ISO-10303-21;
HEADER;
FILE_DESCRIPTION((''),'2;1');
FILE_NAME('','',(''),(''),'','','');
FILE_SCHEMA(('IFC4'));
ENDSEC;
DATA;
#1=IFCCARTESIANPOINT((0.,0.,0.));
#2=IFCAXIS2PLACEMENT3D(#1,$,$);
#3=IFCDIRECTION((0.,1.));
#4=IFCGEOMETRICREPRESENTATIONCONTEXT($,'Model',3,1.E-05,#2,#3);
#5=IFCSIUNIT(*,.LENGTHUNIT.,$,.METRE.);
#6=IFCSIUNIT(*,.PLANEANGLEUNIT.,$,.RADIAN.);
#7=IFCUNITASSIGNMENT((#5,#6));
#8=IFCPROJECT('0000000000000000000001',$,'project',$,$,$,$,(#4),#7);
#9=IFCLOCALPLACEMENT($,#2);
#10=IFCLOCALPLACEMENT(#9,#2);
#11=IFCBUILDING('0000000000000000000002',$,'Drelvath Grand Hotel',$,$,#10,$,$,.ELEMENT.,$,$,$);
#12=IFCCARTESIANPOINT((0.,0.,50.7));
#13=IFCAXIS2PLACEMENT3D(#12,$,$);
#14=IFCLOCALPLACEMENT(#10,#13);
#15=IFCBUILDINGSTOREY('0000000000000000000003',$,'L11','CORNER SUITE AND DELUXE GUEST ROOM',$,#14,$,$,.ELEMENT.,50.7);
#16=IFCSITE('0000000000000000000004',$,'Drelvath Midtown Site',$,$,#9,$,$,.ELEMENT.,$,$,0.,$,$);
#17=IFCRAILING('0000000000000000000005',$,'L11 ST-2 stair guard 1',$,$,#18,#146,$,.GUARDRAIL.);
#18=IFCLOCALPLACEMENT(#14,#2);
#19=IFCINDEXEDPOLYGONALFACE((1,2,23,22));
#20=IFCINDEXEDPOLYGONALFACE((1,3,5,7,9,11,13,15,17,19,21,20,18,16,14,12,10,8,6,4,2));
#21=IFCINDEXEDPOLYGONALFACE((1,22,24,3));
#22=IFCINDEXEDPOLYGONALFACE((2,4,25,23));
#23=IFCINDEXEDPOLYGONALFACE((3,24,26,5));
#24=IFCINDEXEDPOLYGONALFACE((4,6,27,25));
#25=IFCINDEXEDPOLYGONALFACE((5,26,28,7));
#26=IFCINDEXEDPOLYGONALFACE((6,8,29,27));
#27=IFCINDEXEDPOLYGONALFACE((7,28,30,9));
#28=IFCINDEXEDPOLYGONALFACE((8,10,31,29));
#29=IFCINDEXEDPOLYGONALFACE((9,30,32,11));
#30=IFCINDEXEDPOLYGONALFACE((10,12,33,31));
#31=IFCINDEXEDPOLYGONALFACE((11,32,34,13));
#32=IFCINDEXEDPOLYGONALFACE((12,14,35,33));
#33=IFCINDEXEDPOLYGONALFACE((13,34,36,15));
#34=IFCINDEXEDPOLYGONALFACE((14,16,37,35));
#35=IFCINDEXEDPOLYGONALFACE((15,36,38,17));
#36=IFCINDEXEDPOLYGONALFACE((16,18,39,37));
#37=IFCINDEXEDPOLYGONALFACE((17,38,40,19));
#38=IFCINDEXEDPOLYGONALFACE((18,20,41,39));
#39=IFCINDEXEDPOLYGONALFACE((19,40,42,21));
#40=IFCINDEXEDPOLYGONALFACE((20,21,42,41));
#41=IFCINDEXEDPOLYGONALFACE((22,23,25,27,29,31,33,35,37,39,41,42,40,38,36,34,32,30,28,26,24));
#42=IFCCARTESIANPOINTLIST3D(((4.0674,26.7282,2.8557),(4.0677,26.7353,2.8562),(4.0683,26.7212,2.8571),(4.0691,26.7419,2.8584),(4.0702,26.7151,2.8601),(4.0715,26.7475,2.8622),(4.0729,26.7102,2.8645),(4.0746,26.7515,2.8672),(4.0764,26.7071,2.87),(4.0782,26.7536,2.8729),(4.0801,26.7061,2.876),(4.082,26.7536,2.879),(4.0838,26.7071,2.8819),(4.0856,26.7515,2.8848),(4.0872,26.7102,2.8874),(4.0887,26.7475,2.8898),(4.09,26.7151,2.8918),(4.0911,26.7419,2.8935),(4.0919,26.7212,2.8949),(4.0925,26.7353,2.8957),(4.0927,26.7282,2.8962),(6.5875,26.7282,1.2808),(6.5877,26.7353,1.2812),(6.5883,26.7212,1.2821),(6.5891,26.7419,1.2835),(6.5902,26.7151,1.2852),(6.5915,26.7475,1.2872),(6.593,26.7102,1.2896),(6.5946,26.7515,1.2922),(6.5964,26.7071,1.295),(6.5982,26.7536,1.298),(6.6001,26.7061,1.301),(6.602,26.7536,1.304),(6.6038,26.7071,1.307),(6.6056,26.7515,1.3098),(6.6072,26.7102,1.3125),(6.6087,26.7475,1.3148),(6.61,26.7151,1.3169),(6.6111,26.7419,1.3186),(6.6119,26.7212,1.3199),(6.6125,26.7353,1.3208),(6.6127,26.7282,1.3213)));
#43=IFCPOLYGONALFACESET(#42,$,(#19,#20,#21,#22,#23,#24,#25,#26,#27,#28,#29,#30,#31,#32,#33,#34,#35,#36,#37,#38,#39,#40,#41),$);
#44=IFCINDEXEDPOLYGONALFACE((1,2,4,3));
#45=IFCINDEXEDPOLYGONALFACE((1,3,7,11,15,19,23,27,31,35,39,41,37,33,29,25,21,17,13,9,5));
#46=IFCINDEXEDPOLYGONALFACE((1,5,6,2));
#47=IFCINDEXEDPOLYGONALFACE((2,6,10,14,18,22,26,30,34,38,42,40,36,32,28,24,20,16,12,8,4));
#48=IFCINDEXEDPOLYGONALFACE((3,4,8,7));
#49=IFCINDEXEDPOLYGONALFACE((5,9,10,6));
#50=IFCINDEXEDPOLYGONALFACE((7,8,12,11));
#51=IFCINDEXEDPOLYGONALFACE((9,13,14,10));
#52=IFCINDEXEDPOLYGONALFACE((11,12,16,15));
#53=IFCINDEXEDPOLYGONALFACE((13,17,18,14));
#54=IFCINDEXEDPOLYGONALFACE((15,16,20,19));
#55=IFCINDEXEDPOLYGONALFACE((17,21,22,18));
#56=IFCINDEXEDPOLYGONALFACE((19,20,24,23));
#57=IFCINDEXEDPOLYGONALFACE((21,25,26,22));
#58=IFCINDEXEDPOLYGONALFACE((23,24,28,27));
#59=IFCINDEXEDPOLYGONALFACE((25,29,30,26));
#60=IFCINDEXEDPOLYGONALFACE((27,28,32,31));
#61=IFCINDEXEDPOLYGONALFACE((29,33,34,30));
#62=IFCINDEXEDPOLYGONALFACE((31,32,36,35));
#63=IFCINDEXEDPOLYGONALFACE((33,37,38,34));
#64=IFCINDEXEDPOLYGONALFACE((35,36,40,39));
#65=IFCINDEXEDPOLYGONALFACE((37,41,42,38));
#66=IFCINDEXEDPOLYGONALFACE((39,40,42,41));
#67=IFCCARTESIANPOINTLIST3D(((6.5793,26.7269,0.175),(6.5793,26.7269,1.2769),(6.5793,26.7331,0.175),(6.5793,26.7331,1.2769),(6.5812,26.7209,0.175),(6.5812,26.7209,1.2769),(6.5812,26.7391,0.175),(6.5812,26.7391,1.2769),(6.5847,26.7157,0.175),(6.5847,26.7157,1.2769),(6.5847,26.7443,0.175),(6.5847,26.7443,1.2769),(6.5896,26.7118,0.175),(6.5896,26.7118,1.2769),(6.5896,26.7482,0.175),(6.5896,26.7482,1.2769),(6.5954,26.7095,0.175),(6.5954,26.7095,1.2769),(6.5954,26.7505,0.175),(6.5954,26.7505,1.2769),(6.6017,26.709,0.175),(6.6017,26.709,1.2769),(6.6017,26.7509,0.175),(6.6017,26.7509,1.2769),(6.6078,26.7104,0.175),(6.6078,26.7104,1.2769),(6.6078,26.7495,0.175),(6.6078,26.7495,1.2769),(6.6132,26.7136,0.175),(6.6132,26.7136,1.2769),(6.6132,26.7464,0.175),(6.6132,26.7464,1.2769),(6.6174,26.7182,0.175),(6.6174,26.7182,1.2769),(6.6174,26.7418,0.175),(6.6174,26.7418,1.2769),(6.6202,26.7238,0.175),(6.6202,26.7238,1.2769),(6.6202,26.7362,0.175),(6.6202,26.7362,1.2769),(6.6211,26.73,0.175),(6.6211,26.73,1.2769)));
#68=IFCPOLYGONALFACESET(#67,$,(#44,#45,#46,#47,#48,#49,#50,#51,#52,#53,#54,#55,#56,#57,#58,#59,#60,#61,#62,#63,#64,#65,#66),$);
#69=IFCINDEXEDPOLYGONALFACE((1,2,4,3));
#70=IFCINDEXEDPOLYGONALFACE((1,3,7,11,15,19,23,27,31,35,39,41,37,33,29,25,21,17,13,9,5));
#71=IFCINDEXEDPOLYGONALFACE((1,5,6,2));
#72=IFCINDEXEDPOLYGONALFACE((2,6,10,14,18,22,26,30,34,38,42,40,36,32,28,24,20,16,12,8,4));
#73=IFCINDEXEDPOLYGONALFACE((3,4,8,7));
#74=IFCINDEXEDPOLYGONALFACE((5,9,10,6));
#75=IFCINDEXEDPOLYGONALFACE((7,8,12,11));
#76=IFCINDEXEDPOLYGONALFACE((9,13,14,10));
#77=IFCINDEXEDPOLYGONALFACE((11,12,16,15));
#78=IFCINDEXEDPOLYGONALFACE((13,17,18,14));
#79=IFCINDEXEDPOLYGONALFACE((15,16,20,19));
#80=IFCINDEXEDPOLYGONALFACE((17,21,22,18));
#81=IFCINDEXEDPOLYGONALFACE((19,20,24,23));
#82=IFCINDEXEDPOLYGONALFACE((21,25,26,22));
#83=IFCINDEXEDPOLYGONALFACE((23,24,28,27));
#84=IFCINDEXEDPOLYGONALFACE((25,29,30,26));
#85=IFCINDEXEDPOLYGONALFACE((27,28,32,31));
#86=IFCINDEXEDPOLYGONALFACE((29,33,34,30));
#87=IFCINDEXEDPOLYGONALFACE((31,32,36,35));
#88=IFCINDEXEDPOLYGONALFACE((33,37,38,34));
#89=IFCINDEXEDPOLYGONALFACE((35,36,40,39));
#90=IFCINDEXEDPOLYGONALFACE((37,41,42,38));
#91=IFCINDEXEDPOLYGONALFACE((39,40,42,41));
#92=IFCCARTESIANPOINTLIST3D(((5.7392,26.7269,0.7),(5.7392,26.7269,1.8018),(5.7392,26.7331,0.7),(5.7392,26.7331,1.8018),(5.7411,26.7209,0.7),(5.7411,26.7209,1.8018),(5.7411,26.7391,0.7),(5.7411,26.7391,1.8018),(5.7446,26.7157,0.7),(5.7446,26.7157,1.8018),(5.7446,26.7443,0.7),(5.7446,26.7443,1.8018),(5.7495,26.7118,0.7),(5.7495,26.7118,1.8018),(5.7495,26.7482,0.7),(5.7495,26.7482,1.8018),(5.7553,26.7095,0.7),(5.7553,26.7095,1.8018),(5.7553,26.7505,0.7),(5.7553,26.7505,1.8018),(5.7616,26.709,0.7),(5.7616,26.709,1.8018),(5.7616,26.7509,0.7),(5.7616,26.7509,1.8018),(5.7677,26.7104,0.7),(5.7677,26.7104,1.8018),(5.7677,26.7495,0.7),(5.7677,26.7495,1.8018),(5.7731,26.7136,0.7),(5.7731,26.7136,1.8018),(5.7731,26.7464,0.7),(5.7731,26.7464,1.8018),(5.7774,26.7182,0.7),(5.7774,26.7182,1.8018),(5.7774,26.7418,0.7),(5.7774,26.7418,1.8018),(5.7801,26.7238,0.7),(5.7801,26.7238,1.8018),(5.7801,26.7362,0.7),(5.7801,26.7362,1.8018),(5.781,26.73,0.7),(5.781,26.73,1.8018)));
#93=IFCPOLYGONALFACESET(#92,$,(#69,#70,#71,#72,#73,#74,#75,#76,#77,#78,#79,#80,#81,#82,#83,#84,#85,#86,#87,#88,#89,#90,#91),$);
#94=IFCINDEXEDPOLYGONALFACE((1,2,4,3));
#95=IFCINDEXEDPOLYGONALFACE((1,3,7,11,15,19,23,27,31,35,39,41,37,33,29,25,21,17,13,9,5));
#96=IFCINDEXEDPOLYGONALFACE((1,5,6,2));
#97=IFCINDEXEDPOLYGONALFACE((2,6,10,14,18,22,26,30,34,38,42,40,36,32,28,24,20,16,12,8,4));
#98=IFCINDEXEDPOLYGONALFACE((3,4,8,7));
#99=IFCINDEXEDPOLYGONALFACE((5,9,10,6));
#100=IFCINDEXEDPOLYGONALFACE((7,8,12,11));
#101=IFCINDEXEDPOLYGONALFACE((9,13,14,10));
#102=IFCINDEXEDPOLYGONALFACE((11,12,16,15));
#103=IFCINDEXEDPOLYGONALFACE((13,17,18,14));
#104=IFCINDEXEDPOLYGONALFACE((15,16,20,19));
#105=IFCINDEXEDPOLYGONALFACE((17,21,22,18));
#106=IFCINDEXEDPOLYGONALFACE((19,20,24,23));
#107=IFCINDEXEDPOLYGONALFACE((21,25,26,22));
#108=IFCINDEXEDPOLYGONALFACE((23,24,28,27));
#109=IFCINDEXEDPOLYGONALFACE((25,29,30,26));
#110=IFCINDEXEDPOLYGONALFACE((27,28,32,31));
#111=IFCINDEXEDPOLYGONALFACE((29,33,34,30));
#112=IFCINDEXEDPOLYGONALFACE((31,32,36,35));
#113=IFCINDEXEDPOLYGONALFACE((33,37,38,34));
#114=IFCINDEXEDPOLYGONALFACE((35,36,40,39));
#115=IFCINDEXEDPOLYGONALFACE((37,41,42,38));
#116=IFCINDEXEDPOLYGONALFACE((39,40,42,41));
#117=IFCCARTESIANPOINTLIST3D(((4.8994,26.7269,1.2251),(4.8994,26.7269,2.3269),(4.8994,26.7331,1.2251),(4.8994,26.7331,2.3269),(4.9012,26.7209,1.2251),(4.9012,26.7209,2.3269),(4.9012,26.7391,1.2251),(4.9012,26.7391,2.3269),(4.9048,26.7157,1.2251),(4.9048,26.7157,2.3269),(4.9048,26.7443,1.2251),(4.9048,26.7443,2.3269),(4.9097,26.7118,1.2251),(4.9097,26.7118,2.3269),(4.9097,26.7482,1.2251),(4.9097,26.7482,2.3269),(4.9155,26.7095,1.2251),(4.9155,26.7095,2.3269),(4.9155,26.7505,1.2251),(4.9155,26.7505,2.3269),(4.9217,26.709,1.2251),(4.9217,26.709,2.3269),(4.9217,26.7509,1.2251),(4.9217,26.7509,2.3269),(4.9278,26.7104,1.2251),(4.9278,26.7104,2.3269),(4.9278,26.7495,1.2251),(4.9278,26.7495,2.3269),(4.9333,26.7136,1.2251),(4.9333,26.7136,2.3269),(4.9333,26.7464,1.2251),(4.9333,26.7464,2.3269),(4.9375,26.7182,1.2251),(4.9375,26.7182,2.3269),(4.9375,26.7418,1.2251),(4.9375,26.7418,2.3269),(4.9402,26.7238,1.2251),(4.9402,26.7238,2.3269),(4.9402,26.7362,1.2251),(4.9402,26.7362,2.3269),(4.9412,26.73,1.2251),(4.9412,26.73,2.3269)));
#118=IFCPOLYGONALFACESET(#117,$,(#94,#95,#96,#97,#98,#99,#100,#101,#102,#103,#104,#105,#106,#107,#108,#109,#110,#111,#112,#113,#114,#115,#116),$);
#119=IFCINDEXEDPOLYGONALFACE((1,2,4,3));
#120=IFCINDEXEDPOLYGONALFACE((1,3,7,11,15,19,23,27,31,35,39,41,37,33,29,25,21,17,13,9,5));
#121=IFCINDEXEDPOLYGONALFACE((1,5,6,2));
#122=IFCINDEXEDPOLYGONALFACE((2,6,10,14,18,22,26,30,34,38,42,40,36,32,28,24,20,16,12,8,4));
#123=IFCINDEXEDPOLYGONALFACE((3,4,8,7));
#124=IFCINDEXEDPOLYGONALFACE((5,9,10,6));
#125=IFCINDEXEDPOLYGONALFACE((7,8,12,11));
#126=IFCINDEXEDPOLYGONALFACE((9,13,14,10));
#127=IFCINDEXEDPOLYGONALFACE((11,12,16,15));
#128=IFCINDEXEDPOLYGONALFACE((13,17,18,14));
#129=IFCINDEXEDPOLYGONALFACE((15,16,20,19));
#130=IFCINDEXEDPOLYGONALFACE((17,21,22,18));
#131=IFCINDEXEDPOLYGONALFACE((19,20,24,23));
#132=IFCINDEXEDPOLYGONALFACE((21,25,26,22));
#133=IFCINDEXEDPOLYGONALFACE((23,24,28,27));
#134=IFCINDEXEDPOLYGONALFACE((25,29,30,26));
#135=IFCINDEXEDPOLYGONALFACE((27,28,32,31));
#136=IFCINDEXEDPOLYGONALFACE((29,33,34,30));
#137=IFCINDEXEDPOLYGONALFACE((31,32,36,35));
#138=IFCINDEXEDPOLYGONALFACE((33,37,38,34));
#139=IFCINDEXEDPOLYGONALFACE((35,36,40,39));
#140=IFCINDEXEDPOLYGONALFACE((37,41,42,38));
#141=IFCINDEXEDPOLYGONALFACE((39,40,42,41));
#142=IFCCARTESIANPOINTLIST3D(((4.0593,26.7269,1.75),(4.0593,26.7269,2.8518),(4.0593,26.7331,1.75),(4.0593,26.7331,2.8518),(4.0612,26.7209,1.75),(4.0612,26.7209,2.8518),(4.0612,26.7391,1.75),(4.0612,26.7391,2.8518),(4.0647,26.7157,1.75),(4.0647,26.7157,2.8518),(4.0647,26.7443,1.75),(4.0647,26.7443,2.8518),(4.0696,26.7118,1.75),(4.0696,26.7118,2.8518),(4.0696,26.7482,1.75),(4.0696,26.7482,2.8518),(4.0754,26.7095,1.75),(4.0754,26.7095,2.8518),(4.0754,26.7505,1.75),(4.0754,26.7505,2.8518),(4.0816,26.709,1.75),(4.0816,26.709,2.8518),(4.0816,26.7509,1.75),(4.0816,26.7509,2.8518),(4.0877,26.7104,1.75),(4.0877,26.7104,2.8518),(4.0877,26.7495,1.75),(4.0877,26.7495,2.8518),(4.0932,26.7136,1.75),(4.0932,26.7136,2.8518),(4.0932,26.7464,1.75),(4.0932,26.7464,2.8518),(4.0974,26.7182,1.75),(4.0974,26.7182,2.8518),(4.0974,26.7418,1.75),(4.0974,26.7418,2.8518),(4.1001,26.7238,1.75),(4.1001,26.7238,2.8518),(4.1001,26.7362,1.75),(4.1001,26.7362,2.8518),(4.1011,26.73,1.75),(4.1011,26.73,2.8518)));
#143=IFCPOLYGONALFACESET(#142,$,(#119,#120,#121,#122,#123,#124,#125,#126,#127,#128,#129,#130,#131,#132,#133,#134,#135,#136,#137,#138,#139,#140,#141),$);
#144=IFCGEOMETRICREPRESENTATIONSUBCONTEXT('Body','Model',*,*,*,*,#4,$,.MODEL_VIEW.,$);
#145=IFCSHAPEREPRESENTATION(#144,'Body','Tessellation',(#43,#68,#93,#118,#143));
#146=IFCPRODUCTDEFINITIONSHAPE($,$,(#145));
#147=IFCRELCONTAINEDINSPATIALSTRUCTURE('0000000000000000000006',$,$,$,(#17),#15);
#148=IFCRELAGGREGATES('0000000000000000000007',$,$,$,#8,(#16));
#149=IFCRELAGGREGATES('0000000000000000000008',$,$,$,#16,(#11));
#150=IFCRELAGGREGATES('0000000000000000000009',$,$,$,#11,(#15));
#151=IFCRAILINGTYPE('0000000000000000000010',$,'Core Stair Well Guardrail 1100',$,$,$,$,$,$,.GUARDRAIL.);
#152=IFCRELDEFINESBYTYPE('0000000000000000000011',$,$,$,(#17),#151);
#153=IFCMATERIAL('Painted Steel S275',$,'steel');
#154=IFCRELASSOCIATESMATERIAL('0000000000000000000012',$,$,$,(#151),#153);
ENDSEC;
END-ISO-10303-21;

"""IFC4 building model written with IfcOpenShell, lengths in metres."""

from ifc_helpers import new_model, si_unit, direction, frame, origin, origin_2d, place, context, subcontext, project, spatial, circle, extrude, material, type_object, element, save


model = new_model("IFC4")

# Units and contexts
model_context = context("Model", 3, precision=1e-05, world=origin(), true_north=direction((0.0, 1.0)))
body_context = subcontext(model_context, "Body", "Model", "MODEL_VIEW")
ifc_project = project(units=[si_unit("LENGTHUNIT", "METRE"), si_unit("PLANEANGLEUNIT", "RADIAN")], contexts=[model_context])

# Site, building, storey
site_placement = place(None, origin())
site = spatial("IfcSite", under=ifc_project, at=site_placement, Name="Drelvath Midtown Site", CompositionType="ELEMENT", RefElevation=0.0)
building_placement = place(site_placement, origin())
building = spatial("IfcBuilding", under=site, at=building_placement, Name="Drelvath Grand Hotel", CompositionType="ELEMENT")
storey_placement = place(building_placement, frame((0.0, 0.0, 50.7)))
storey = spatial("IfcBuildingStorey", under=building, at=storey_placement, Name="L11", Description="CORNER SUITE AND DELUXE GUEST ROOM", CompositionType="ELEMENT", Elevation=50.7)

# Shared definitions
ifc_material_1 = material(Name="Painted Steel S275", Category="steel")

# Railing
railing_type_1 = type_object("IfcRailingType", Name="Core Stair Well Guardrail 1100", PredefinedType="GUARDRAIL", material=ifc_material_1)
railing_1_placement = place(storey_placement, frame((6.6001, 26.73, 0.175)))
element("IfcRailing", 1, at=railing_1_placement, inside=storey, type_object=railing_type_1, Name="L11 ST-2 stair guard 1", PredefinedType="GUARDRAIL", context=body_context, shape_type="SweptSolid", body=[
    extrude(circle(Radius=0.0239, at=origin_2d()), frame((0.0, 0.0, 1.126), z_axis=(-0.848008, 0.0, 0.529984), x_axis=(0.0, -1.0, 0.0)), (0.0, 0.0, 1.0), 2.9717),
    extrude(circle(Radius=0.021, at=origin_2d()), origin(), (0.0, 0.0, 1.0), 1.1018),
    extrude(circle(Radius=0.021, at=origin_2d()), frame((-0.8401, 0.0, 0.5249)), (0.0, 0.0, 1.0), 1.1018),
    extrude(circle(Radius=0.021, at=origin_2d()), frame((-1.6799, 0.0, 1.05)), (0.0, 0.0, 1.0), 1.1018),
    extrude(circle(Radius=0.021, at=origin_2d()), frame((-2.52, 0.0, 1.575)), (0.0, 0.0, 1.0), 1.1018),
])

save(model, "model.ifc")
